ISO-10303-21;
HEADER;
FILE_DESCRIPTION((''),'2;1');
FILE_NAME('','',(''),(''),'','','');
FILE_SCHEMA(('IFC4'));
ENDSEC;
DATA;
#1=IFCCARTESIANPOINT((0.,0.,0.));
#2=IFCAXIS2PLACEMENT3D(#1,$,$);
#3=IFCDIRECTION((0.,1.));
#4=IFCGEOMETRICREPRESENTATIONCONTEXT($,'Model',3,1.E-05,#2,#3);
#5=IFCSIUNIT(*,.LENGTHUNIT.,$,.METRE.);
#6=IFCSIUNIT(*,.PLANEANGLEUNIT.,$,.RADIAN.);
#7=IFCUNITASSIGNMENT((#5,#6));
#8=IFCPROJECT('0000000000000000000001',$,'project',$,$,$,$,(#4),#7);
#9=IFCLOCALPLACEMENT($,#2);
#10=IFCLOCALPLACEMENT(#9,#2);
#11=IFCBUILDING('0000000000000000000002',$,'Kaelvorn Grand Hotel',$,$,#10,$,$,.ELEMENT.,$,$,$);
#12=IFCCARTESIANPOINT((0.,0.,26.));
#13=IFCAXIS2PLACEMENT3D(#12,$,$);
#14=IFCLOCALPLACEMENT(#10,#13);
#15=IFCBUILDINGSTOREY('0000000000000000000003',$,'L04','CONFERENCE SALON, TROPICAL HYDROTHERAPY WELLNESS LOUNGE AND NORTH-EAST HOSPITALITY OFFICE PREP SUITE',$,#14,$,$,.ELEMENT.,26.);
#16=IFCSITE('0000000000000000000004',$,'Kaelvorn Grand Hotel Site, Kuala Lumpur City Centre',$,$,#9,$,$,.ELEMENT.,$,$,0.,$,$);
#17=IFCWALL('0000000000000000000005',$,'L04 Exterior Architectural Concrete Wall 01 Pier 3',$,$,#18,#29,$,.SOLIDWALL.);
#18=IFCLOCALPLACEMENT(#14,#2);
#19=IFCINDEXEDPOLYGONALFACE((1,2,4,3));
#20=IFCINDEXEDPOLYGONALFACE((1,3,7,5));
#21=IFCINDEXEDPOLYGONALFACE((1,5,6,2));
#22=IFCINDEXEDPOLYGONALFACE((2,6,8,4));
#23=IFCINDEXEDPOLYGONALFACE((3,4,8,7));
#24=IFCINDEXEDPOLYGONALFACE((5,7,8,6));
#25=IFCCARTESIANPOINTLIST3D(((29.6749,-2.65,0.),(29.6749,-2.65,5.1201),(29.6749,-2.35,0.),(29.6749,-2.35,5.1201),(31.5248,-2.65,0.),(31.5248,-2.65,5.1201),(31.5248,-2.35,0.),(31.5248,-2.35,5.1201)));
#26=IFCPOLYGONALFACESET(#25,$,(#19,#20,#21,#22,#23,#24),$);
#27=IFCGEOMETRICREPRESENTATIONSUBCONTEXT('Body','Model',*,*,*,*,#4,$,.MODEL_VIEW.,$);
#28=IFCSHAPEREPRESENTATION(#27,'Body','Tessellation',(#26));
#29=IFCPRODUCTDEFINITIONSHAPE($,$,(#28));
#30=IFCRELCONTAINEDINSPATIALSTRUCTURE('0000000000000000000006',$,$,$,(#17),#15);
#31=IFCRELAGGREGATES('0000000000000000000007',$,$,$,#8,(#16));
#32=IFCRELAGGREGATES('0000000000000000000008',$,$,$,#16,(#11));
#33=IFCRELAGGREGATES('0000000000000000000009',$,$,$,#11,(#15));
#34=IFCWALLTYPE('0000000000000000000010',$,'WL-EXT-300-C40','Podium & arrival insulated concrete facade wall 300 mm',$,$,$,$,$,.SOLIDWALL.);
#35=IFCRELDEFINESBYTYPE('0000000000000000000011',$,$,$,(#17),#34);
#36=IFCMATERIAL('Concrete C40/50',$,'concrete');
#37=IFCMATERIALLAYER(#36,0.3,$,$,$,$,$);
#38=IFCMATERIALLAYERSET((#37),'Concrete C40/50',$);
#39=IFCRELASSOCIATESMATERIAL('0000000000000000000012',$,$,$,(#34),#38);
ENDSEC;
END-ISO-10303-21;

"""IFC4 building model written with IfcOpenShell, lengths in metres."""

from ifc_helpers import new_model, si_unit, direction, frame, frame_2d, origin, place, context, subcontext, project, spatial, rectangle, extrude, material, layer, layer_set, type_object, element, save


model = new_model("IFC4")

# Units and contexts
model_context = context("Model", 3, precision=1e-05, world=origin(), true_north=direction((0.0, 1.0)))
body_context = subcontext(model_context, "Body", "Model", "MODEL_VIEW")
ifc_project = project(units=[si_unit("LENGTHUNIT", "METRE"), si_unit("PLANEANGLEUNIT", "RADIAN")], contexts=[model_context])

# Site, building, storey
site_placement = place(None, origin())
site = spatial("IfcSite", under=ifc_project, at=site_placement, Name="Kaelvorn Grand Hotel Site, Kuala Lumpur City Centre", CompositionType="ELEMENT", RefElevation=0.0)
building_placement = place(site_placement, origin())
building = spatial("IfcBuilding", under=site, at=building_placement, Name="Kaelvorn Grand Hotel", CompositionType="ELEMENT")
storey_placement = place(building_placement, frame((0.0, 0.0, 26.0)))
storey = spatial("IfcBuildingStorey", under=building, at=storey_placement, Name="L04", Description="CONFERENCE SALON, TROPICAL HYDROTHERAPY WELLNESS LOUNGE AND NORTH-EAST HOSPITALITY OFFICE PREP SUITE", CompositionType="ELEMENT", Elevation=26.0)

# Wall
ifc_material_1 = material(Name="Concrete C40/50", Category="concrete")
ifc_layer_1 = layer(ifc_material_1, 0.3)
ifc_layer_set_1 = layer_set([ifc_layer_1], Name="Concrete C40/50")
wall_type = type_object("IfcWallType", Name="WL-EXT-300-C40", Description="Podium & arrival insulated concrete facade wall 300 mm", PredefinedType="SOLIDWALL", material=ifc_layer_set_1)
wall_placement = place(storey_placement, frame((29.675, -2.5, 0.0), z_axis=(0.0, 0.0, 1.0), x_axis=(1.0, 0.0, 0.0)))
element("IfcWall", 1, at=wall_placement, inside=storey, type_object=wall_type, Name="L04 Exterior Architectural Concrete Wall 01 Pier 3", PredefinedType="SOLIDWALL", context=body_context, shape_type="SweptSolid", body=[
    extrude(rectangle(XDim=1.8499, YDim=0.3, at=frame_2d((0.9248, 0.0))), origin(), (0.0, 0.0, 1.0), 5.1201),
])

save(model, "model.ifc")
